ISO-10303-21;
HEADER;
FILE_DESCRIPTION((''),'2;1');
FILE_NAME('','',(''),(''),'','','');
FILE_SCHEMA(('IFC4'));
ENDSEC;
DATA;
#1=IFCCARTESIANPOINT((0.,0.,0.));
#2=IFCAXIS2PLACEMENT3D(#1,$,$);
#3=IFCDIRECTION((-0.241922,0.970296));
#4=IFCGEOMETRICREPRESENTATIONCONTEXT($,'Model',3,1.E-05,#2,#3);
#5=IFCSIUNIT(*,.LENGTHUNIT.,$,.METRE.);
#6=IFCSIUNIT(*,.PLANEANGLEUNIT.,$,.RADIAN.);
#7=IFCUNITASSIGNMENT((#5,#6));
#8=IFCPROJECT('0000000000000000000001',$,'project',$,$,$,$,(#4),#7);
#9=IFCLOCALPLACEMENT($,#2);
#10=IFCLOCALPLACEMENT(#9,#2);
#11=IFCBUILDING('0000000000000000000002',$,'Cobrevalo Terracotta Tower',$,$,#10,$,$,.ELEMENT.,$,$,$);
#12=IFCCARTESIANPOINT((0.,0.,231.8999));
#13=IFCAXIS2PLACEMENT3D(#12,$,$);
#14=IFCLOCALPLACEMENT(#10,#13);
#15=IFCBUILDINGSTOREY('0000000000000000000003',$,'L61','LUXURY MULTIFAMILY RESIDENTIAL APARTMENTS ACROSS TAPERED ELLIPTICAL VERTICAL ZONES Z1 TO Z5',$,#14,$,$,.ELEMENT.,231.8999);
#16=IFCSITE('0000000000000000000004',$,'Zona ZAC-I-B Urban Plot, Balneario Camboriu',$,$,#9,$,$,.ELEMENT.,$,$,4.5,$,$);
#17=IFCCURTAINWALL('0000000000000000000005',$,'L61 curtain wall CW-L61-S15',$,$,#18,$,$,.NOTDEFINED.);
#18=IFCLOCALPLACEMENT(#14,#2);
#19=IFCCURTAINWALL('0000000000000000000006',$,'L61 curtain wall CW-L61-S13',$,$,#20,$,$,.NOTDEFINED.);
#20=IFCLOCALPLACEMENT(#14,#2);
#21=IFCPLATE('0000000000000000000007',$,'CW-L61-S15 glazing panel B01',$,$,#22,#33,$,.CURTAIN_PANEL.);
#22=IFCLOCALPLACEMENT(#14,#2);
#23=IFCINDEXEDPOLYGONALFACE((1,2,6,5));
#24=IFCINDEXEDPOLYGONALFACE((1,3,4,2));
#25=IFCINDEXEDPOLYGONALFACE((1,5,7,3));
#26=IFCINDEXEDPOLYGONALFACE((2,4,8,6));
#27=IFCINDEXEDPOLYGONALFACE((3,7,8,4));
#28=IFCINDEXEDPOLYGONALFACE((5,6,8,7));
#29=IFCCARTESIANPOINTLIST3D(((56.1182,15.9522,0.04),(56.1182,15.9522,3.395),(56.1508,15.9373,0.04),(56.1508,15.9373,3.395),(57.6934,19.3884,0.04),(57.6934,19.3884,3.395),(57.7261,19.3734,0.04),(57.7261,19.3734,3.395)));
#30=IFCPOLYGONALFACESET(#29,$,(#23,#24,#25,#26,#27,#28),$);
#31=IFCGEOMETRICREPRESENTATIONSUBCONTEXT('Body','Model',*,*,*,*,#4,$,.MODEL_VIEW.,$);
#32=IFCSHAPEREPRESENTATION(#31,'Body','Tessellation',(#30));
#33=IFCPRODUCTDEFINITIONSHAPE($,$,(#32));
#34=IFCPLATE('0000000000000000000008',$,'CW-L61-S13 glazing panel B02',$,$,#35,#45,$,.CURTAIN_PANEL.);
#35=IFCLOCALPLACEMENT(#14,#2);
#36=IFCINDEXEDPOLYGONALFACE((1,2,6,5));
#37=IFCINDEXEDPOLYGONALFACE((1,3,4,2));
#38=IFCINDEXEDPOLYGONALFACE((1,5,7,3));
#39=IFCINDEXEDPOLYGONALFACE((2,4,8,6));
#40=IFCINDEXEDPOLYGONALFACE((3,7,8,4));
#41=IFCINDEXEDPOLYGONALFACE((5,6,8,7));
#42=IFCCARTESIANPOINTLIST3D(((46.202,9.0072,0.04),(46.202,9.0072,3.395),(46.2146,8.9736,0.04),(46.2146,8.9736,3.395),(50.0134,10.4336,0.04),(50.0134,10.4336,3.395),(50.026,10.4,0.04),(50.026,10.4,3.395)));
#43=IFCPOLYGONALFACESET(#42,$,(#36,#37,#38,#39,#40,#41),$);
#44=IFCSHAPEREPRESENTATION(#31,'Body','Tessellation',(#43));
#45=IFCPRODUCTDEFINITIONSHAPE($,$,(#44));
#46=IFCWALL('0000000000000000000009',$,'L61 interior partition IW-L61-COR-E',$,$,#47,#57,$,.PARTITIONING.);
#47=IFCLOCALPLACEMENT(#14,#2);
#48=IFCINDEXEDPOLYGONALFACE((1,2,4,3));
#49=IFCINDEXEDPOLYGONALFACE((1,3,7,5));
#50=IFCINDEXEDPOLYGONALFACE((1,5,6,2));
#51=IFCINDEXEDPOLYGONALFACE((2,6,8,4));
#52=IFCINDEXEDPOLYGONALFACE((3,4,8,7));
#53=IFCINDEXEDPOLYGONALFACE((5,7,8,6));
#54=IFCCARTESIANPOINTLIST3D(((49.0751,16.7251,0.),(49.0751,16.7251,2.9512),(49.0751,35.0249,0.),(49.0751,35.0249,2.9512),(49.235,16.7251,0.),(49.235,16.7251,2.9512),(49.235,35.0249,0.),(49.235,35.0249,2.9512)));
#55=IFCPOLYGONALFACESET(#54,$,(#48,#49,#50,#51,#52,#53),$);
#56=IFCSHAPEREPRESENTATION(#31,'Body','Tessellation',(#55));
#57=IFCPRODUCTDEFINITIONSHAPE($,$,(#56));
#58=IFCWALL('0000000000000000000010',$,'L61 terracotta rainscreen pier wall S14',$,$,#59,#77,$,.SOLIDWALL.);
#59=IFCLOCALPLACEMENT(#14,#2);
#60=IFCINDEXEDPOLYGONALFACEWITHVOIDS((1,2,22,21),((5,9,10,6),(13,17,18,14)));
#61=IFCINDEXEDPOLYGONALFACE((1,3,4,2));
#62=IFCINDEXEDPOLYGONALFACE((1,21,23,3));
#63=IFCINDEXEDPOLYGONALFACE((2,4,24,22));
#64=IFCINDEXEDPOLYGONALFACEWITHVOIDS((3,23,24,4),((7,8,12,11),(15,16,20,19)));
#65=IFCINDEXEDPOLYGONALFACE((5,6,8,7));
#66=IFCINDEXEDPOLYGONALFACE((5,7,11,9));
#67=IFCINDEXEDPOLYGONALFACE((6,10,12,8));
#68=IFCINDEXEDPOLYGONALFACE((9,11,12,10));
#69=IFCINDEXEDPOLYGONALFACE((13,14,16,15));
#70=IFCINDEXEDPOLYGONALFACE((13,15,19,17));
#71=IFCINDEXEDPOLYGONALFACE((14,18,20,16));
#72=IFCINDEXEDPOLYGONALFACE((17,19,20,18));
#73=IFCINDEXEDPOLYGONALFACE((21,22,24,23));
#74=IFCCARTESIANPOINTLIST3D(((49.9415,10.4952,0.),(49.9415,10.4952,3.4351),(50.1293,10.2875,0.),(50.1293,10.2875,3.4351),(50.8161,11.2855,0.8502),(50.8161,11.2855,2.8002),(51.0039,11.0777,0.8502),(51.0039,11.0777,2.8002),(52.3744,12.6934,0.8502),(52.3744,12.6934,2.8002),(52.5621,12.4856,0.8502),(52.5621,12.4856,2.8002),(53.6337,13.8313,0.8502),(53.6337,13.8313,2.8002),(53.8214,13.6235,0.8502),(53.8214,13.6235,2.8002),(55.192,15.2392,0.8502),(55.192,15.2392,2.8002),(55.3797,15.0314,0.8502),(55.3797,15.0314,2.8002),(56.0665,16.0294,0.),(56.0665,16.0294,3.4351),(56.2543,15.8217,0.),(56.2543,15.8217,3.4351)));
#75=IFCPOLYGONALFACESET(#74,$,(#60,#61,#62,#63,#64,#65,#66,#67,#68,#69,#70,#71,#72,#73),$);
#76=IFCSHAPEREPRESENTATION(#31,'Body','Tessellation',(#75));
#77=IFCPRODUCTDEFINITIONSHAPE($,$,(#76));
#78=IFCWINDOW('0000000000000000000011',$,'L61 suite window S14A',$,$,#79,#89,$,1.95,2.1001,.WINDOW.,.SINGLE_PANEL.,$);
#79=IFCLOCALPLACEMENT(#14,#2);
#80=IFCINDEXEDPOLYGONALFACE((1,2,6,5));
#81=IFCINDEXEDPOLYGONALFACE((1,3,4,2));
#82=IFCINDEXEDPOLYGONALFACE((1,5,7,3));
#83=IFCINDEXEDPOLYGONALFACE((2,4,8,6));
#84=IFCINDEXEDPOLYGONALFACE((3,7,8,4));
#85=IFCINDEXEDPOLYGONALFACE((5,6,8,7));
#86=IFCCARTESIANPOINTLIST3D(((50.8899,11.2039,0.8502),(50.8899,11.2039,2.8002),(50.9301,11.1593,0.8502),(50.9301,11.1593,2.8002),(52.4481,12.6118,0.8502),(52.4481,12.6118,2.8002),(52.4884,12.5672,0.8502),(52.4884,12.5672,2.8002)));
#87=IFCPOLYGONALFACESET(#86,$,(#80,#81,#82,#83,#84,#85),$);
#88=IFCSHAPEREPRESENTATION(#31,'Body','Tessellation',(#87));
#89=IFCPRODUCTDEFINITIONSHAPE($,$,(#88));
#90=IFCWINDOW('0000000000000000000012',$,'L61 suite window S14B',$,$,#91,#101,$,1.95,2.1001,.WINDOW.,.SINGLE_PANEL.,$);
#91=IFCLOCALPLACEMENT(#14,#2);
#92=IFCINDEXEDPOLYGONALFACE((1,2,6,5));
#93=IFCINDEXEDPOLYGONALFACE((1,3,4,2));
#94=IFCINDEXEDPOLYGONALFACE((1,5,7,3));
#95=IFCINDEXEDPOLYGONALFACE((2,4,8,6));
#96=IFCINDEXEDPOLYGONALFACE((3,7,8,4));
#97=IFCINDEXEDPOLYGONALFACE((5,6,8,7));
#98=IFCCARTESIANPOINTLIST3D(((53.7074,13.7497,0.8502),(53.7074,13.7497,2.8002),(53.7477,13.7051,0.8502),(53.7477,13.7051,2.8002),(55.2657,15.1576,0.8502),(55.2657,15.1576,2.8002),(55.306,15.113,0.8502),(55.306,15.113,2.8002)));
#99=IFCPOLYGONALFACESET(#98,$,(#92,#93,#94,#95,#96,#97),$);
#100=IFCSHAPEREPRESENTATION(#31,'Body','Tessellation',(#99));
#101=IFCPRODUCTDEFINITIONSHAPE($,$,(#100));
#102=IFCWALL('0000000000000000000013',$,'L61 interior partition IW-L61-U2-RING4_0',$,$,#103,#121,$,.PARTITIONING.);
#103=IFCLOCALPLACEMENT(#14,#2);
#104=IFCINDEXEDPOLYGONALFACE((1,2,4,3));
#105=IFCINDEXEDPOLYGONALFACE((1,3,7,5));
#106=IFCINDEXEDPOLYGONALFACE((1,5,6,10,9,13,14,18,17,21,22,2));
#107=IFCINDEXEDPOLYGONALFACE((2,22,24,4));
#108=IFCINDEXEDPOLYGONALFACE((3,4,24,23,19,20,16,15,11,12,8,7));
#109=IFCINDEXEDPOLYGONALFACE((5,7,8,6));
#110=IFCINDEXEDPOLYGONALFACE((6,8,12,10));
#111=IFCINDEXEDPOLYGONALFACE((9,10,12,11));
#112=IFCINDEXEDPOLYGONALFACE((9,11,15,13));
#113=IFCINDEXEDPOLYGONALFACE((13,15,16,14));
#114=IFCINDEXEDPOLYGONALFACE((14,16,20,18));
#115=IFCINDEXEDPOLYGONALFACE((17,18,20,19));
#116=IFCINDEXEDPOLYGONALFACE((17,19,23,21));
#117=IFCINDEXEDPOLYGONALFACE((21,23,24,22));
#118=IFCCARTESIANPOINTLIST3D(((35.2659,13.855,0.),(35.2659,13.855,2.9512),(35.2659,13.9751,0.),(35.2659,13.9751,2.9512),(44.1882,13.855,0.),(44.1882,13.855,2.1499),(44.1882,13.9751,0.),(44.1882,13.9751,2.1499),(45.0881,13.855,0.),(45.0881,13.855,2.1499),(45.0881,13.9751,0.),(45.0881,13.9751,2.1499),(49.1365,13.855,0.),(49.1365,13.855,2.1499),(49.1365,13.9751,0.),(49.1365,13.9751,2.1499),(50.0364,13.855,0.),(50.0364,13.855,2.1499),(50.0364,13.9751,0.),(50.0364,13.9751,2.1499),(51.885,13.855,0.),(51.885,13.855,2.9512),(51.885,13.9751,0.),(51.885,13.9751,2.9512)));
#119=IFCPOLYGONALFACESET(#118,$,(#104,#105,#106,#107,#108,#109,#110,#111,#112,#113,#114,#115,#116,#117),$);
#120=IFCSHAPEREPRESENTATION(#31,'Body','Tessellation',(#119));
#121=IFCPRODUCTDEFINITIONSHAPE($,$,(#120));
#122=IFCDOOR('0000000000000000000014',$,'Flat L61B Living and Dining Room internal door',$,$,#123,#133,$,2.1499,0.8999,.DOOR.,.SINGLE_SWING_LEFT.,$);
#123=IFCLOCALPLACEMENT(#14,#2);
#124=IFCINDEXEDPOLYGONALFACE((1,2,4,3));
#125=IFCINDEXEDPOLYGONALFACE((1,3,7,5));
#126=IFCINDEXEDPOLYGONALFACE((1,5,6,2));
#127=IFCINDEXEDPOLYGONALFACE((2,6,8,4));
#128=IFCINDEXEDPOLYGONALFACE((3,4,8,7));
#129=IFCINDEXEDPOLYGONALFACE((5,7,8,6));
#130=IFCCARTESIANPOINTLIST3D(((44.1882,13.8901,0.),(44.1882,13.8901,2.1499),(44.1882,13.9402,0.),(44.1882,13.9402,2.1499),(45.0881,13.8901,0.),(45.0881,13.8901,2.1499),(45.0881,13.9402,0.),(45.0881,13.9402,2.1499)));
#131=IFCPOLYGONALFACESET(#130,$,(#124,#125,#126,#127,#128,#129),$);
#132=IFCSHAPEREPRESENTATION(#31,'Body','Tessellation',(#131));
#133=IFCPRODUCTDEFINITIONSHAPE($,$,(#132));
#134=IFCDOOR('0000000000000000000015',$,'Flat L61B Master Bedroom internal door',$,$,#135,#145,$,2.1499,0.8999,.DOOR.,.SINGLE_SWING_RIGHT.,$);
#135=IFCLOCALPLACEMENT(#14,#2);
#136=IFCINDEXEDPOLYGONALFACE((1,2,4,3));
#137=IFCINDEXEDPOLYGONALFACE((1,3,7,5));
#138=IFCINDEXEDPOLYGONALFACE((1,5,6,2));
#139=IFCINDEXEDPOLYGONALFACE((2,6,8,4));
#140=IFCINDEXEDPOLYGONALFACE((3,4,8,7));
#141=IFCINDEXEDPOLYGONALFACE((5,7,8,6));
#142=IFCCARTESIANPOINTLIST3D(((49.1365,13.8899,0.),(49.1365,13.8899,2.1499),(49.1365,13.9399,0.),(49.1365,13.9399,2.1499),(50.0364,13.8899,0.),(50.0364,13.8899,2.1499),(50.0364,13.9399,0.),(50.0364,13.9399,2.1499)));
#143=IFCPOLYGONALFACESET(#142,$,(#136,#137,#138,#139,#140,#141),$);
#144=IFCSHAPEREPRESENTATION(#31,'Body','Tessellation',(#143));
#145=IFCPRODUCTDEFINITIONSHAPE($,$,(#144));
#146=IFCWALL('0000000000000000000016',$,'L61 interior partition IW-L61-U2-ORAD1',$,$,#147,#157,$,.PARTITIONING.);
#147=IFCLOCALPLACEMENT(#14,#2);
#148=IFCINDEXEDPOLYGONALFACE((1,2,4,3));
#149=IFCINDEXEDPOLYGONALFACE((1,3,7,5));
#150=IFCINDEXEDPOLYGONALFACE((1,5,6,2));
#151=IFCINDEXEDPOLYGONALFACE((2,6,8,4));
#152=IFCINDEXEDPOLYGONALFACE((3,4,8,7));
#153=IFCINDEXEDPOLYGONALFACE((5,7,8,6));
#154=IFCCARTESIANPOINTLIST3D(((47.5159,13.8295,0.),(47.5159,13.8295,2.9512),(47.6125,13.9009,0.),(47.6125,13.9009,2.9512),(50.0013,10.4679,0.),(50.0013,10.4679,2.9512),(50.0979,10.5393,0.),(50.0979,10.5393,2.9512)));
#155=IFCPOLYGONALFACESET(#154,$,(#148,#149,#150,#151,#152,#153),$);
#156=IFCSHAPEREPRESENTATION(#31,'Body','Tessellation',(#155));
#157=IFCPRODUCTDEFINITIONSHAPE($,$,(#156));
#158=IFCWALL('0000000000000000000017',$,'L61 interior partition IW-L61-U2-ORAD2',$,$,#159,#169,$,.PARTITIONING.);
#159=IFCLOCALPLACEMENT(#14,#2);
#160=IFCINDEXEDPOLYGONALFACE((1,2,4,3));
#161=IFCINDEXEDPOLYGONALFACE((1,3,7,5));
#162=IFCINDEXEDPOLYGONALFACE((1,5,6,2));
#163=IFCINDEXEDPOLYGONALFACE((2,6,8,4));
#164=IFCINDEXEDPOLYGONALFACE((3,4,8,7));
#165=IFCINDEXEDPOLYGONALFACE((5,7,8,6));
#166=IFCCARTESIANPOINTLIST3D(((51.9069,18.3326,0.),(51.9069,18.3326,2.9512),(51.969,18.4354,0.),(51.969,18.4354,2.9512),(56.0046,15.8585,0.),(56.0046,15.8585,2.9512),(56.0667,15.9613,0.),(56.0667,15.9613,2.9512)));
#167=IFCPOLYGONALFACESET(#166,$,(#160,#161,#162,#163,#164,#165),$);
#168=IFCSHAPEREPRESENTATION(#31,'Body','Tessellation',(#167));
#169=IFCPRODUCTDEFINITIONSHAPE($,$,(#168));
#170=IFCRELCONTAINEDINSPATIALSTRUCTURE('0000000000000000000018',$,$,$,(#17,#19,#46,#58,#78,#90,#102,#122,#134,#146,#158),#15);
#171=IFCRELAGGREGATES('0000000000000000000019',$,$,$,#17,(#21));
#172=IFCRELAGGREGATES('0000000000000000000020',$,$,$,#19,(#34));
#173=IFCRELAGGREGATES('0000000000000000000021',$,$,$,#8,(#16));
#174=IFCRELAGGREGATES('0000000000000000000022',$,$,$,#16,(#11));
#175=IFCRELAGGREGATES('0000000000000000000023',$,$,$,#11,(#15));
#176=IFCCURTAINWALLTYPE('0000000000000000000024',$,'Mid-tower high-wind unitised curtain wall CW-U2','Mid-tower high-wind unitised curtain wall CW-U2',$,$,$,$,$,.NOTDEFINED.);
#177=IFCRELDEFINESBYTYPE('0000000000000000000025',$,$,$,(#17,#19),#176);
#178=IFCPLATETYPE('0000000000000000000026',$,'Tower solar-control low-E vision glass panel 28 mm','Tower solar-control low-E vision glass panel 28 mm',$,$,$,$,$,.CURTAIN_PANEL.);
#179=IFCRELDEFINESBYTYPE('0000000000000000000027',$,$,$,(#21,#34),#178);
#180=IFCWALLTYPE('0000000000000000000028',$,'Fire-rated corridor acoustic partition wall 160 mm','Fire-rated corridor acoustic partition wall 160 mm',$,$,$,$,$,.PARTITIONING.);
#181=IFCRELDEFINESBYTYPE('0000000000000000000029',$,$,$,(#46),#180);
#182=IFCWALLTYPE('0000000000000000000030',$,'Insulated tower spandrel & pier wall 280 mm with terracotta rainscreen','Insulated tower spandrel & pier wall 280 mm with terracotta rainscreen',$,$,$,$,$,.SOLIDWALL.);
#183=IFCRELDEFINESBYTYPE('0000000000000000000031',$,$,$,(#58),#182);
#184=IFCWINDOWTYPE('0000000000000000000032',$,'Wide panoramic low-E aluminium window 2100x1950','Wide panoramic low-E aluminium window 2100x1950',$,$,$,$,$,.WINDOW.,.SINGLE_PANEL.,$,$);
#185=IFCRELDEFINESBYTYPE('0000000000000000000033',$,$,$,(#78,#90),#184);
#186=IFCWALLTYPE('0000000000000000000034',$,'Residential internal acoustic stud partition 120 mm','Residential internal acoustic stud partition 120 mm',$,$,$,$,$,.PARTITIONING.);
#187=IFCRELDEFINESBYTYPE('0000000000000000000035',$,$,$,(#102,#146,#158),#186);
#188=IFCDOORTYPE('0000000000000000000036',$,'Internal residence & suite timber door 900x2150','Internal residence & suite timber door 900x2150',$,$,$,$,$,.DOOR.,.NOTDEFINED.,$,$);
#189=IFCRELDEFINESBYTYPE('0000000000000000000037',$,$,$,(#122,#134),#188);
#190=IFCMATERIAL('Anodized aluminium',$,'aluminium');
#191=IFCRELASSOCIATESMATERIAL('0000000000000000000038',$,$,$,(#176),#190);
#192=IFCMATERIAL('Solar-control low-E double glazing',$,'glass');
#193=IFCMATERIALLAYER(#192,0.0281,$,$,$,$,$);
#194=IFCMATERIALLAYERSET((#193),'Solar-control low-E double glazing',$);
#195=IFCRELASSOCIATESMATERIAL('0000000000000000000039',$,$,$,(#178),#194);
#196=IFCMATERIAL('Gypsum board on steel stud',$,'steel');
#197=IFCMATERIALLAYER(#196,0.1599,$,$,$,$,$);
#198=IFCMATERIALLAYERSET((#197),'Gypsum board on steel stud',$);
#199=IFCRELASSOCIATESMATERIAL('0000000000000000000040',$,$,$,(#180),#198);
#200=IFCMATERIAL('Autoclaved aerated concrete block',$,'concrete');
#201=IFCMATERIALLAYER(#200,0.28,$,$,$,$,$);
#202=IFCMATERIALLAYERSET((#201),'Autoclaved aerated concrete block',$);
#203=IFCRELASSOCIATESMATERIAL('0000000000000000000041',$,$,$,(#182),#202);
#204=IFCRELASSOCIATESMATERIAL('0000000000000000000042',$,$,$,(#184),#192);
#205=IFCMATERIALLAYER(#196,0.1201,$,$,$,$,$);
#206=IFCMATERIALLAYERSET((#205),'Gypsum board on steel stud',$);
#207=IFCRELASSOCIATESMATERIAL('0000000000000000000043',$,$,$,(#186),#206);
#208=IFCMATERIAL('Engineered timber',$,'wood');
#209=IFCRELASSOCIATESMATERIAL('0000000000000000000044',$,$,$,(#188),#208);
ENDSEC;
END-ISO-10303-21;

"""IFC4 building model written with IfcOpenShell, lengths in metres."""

from ifc_helpers import new_model, si_unit, direction, frame, frame_2d, origin, origin_2d, place, context, subcontext, project, spatial, rectangle, extrude, source, transform, mapped, material, layer, layer_set, type_object, element, fill, aggregate, save


model = new_model("IFC4")

# Units and contexts
model_context = context("Model", 3, precision=1e-05, world=origin(), true_north=direction((-0.241922, 0.970296)))
body_context = subcontext(model_context, "Body", "Model", "MODEL_VIEW")
ifc_project = project(units=[si_unit("LENGTHUNIT", "METRE"), si_unit("PLANEANGLEUNIT", "RADIAN")], contexts=[model_context])

# Site, building, storey
site_placement = place(None, origin())
site = spatial("IfcSite", under=ifc_project, at=site_placement, Name="Zona ZAC-I-B Urban Plot, Balneario Camboriu", CompositionType="ELEMENT", RefElevation=4.5)
building_placement = place(site_placement, origin())
building = spatial("IfcBuilding", under=site, at=building_placement, Name="Cobrevalo Terracotta Tower", CompositionType="ELEMENT")
storey_placement = place(building_placement, frame((0.0, 0.0, 231.8999)))
storey = spatial("IfcBuildingStorey", under=building, at=storey_placement, Name="L61", Description="LUXURY MULTIFAMILY RESIDENTIAL APARTMENTS ACROSS TAPERED ELLIPTICAL VERTICAL ZONES Z1 TO Z5", CompositionType="ELEMENT", Elevation=231.8999)

# Curtain wall
ifc_material_1 = material(Name="Anodized aluminium", Category="aluminium")
curtain_wall_type = type_object("IfcCurtainWallType", Name="Mid-tower high-wind unitised curtain wall CW-U2", Description="Mid-tower high-wind unitised curtain wall CW-U2", PredefinedType="NOTDEFINED", material=ifc_material_1)
curtain_wall_1_placement = place(storey_placement, origin())
curtain_wall_1 = element("IfcCurtainWall", 1, at=curtain_wall_1_placement, inside=storey, type_object=curtain_wall_type, Name="L61 curtain wall CW-L61-S15", PredefinedType="NOTDEFINED")

# Curtain wall
curtain_wall_2_placement = place(storey_placement, origin())
curtain_wall_2 = element("IfcCurtainWall", 2, at=curtain_wall_2_placement, inside=storey, type_object=curtain_wall_type, Name="L61 curtain wall CW-L61-S13", PredefinedType="NOTDEFINED")

# Plates
ifc_material_2 = material(Name="Solar-control low-E double glazing", Category="glass")
ifc_layer_1 = layer(ifc_material_2, 0.0281)
ifc_layer_set_1 = layer_set([ifc_layer_1], Name="Solar-control low-E double glazing")
plate_type = type_object("IfcPlateType", Name="Tower solar-control low-E vision glass panel 28 mm", Description="Tower solar-control low-E vision glass panel 28 mm", PredefinedType="CURTAIN_PANEL", material=ifc_layer_set_1)
shared_shape_1 = source(origin(), body_context, "Body", "SweptSolid", [
    extrude(rectangle(XDim=3.78, YDim=0.0359, at=origin_2d()), origin(), (0.0, 0.0, 1.0), 3.355),
])
plate_1_placement = place(storey_placement, frame((56.9221, 17.6628, 0.04), z_axis=(0.0, 0.0, 1.0), x_axis=(0.416731, 0.90903, 0.0)))
plate_1 = element("IfcPlate", 3, at=plate_1_placement, type_object=plate_type, Name="CW-L61-S15 glazing panel B01", PredefinedType="CURTAIN_PANEL", context=body_context, shape_type="MappedRepresentation", body=[
    mapped(shared_shape_1, transform((0.0, 0.0, 0.0), scale=1.0)),
])
aggregate(curtain_wall_1, [plate_1])
shared_shape_2 = source(origin(), body_context, "Body", "SweptSolid", [
    extrude(rectangle(XDim=4.0696, YDim=0.0359, at=origin_2d()), origin(), (0.0, 0.0, 1.0), 3.355),
])
plate_2_placement = place(storey_placement, frame((48.114, 9.7036, 0.04), z_axis=(0.0, 0.0, 1.0), x_axis=(0.936558, 0.350513, 0.0)))
plate_2 = element("IfcPlate", 4, at=plate_2_placement, type_object=plate_type, Name="CW-L61-S13 glazing panel B02", PredefinedType="CURTAIN_PANEL", context=body_context, shape_type="MappedRepresentation", body=[
    mapped(shared_shape_2, transform((0.0, 0.0, 0.0), scale=1.0)),
])
aggregate(curtain_wall_2, [plate_2])

# Wall
ifc_material_3 = material(Name="Gypsum board on steel stud", Category="steel")
ifc_layer_2 = layer(ifc_material_3, 0.1599)
ifc_layer_set_2 = layer_set([ifc_layer_2], Name="Gypsum board on steel stud")
wall_type_1 = type_object("IfcWallType", Name="Fire-rated corridor acoustic partition wall 160 mm", Description="Fire-rated corridor acoustic partition wall 160 mm", PredefinedType="PARTITIONING", material=ifc_layer_set_2)
wall_1_placement = place(storey_placement, frame((49.155, 16.7251, 0.0), z_axis=(0.0, 0.0, 1.0), x_axis=(0.0, 1.0, 0.0)))
element("IfcWall", 5, at=wall_1_placement, inside=storey, type_object=wall_type_1, Name="L61 interior partition IW-L61-COR-E", PredefinedType="PARTITIONING", context=body_context, shape_type="SweptSolid", body=[
    extrude(rectangle(XDim=18.2998, YDim=0.1599, at=frame_2d((9.1499, 0.0))), origin(), (0.0, 0.0, 1.0), 2.9512),
])

# Wall, openings, windows
ifc_material_4 = material(Name="Autoclaved aerated concrete block", Category="concrete")
ifc_layer_3 = layer(ifc_material_4, 0.28)
ifc_layer_set_3 = layer_set([ifc_layer_3], Name="Autoclaved aerated concrete block")
wall_type_2 = type_object("IfcWallType", Name="Insulated tower spandrel & pier wall 280 mm with terracotta rainscreen", Description="Insulated tower spandrel & pier wall 280 mm with terracotta rainscreen", PredefinedType="SOLIDWALL", material=ifc_layer_set_3)
wall_2_placement = place(storey_placement, frame((50.0354, 10.3914, 0.0), z_axis=(0.0, 0.0, 1.0), x_axis=(0.741987, 0.670414, 0.0)))
wall_2 = element("IfcWall", 6, at=wall_2_placement, inside=storey, type_object=wall_type_2, Name="L61 terracotta rainscreen pier wall S14", PredefinedType="SOLIDWALL", context=body_context, shape_type="SweptSolid", body=[
    extrude(rectangle(XDim=8.2549, YDim=0.28, at=frame_2d((4.1274, 0.0))), origin(), (0.0, 0.0, 1.0), 3.4351),
])
opening_1_placement = place(wall_2_placement, frame((1.1787, 0.0, 0.8501)))
opening_1 = element("IfcOpeningElement", 7, at=opening_1_placement, cuts=wall_2, PredefinedType="OPENING", context=body_context, shape_type="SweptSolid", body=[
    extrude(rectangle(XDim=2.1001, YDim=1.95, at=frame_2d((1.05, 0.9751))), frame((0.0, 0.1499, 0.0), z_axis=(0.0, -1.0, 0.0), x_axis=(1.0, 0.0, 0.0)), (0.0, 0.0, 1.0), 0.3),
])
opening_2_placement = place(wall_2_placement, frame((4.9761, 0.0, 0.8501)))
opening_2 = element("IfcOpeningElement", 8, at=opening_2_placement, cuts=wall_2, PredefinedType="OPENING", context=body_context, shape_type="SweptSolid", body=[
    extrude(rectangle(XDim=2.1001, YDim=1.95, at=frame_2d((1.05, 0.9751))), frame((0.0, 0.1499, 0.0), z_axis=(0.0, -1.0, 0.0), x_axis=(1.0, 0.0, 0.0)), (0.0, 0.0, 1.0), 0.3),
])
window_type = type_object("IfcWindowType", Name="Wide panoramic low-E aluminium window 2100x1950", Description="Wide panoramic low-E aluminium window 2100x1950", PartitioningType="SINGLE_PANEL", PredefinedType="WINDOW", material=ifc_material_2)
shared_shape_3 = source(origin(), body_context, "Body", "SweptSolid", [
    extrude(rectangle(XDim=2.1001, YDim=1.95, at=frame_2d((1.05, 0.9751))), frame((0.0, 0.03, 0.0), z_axis=(0.0, -1.0, 0.0), x_axis=(1.0, 0.0, 0.0)), (0.0, 0.0, 1.0), 0.0601),
])
window_1_placement = place(opening_1_placement, origin())
window_1 = element("IfcWindow", 9, at=window_1_placement, inside=storey, type_object=window_type, Name="L61 suite window S14A", OverallHeight=1.95, OverallWidth=2.1001, PartitioningType="SINGLE_PANEL", PredefinedType="WINDOW", context=body_context, shape_type="MappedRepresentation", body=[
    mapped(shared_shape_3, transform((0.0, 0.0, 0.0), scale=1.0)),
])
fill(opening_1, window_1)
window_2_placement = place(opening_2_placement, origin())
window_2 = element("IfcWindow", 10, at=window_2_placement, inside=storey, type_object=window_type, Name="L61 suite window S14B", OverallHeight=1.95, OverallWidth=2.1001, PartitioningType="SINGLE_PANEL", PredefinedType="WINDOW", context=body_context, shape_type="MappedRepresentation", body=[
    mapped(shared_shape_3, transform((0.0, 0.0, 0.0), scale=1.0)),
])
fill(opening_2, window_2)

# Wall, openings, doors
ifc_layer_4 = layer(ifc_material_3, 0.1201)
ifc_layer_set_4 = layer_set([ifc_layer_4], Name="Gypsum board on steel stud")
wall_type_3 = type_object("IfcWallType", Name="Residential internal acoustic stud partition 120 mm", Description="Residential internal acoustic stud partition 120 mm", PredefinedType="PARTITIONING", material=ifc_layer_set_4)
wall_3_placement = place(storey_placement, frame((51.885, 13.915, 0.0), z_axis=(0.0, 0.0, 1.0), x_axis=(-1.0, 0.0, 0.0)))
wall_3 = element("IfcWall", 11, at=wall_3_placement, inside=storey, type_object=wall_type_3, Name="L61 interior partition IW-L61-U2-RING4_0", PredefinedType="PARTITIONING", context=body_context, shape_type="SweptSolid", body=[
    extrude(rectangle(XDim=16.6191, YDim=0.1201, at=frame_2d((8.3096, 0.0))), origin(), (0.0, 0.0, 1.0), 2.9512),
])
opening_3_placement = place(wall_3_placement, frame((6.7969, 0.0, 0.0)))
opening_3 = element("IfcOpeningElement", 12, at=opening_3_placement, cuts=wall_3, PredefinedType="OPENING", context=body_context, shape_type="SweptSolid", body=[
    extrude(rectangle(XDim=0.8999, YDim=2.1499, at=frame_2d((0.45, 1.075))), frame((0.0, 0.0701, 0.0), z_axis=(0.0, -1.0, 0.0), x_axis=(1.0, 0.0, 0.0)), (0.0, 0.0, 1.0), 0.1401),
])
opening_4_placement = place(wall_3_placement, frame((1.8486, 0.0, 0.0)))
opening_4 = element("IfcOpeningElement", 13, at=opening_4_placement, cuts=wall_3, PredefinedType="OPENING", context=body_context, shape_type="SweptSolid", body=[
    extrude(rectangle(XDim=0.8999, YDim=2.1499, at=frame_2d((0.45, 1.075))), frame((0.0, 0.0701, 0.0), z_axis=(0.0, -1.0, 0.0), x_axis=(1.0, 0.0, 0.0)), (0.0, 0.0, 1.0), 0.1401),
])
ifc_material_5 = material(Name="Engineered timber", Category="wood")
door_type = type_object("IfcDoorType", Name="Internal residence & suite timber door 900x2150", Description="Internal residence & suite timber door 900x2150", OperationType="NOTDEFINED", PredefinedType="DOOR", material=ifc_material_5)
shared_shape_4 = source(origin(), body_context, "Body", "SweptSolid", [
    extrude(rectangle(XDim=0.8999, YDim=2.1499, at=frame_2d((0.45, 1.075))), frame((0.0, 0.0249, 0.0), z_axis=(0.0, -1.0, 0.0), x_axis=(1.0, 0.0, 0.0)), (0.0, 0.0, 1.0), 0.05),
])
door_1_placement = place(opening_3_placement, origin())
door_1 = element("IfcDoor", 14, at=door_1_placement, inside=storey, type_object=door_type, Name="Flat L61B Living and Dining Room internal door", OperationType="SINGLE_SWING_LEFT", OverallHeight=2.1499, OverallWidth=0.8999, PredefinedType="DOOR", context=body_context, shape_type="MappedRepresentation", body=[
    mapped(shared_shape_4, transform((0.0, 0.0, 0.0), scale=1.0)),
])
fill(opening_3, door_1)
door_2_placement = place(opening_4_placement, frame((0.8999, 0.0, 0.0), z_axis=(0.0, 0.0, 1.0), x_axis=(-1.0, 0.0, 0.0)))
door_2 = element("IfcDoor", 15, at=door_2_placement, inside=storey, type_object=door_type, Name="Flat L61B Master Bedroom internal door", OperationType="SINGLE_SWING_RIGHT", OverallHeight=2.1499, OverallWidth=0.8999, PredefinedType="DOOR", context=body_context, shape_type="MappedRepresentation", body=[
    mapped(shared_shape_4, transform((0.0, 0.0, 0.0), scale=1.0)),
])
fill(opening_4, door_2)

# Walls
wall_4_placement = place(storey_placement, frame((47.5642, 13.8652, 0.0), z_axis=(0.0, 0.0, 1.0), x_axis=(0.594501, -0.804095, 0.0)))
element("IfcWall", 16, at=wall_4_placement, inside=storey, type_object=wall_type_3, Name="L61 interior partition IW-L61-U2-ORAD1", PredefinedType="PARTITIONING", context=body_context, shape_type="SweptSolid", body=[
    extrude(rectangle(XDim=4.1807, YDim=0.1201, at=frame_2d((2.0903, 0.0))), origin(), (0.0, 0.0, 1.0), 2.9512),
])
wall_5_placement = place(storey_placement, frame((51.938, 18.384, 0.0), z_axis=(0.0, 0.0, 1.0), x_axis=(0.856058, -0.516879, 0.0)))
element("IfcWall", 17, at=wall_5_placement, inside=storey, type_object=wall_type_3, Name="L61 interior partition IW-L61-U2-ORAD2", PredefinedType="PARTITIONING", context=body_context, shape_type="SweptSolid", body=[
    extrude(rectangle(XDim=4.7866, YDim=0.1201, at=frame_2d((2.3933, 0.0))), origin(), (0.0, 0.0, 1.0), 2.9512),
])

save(model, "model.ifc")
